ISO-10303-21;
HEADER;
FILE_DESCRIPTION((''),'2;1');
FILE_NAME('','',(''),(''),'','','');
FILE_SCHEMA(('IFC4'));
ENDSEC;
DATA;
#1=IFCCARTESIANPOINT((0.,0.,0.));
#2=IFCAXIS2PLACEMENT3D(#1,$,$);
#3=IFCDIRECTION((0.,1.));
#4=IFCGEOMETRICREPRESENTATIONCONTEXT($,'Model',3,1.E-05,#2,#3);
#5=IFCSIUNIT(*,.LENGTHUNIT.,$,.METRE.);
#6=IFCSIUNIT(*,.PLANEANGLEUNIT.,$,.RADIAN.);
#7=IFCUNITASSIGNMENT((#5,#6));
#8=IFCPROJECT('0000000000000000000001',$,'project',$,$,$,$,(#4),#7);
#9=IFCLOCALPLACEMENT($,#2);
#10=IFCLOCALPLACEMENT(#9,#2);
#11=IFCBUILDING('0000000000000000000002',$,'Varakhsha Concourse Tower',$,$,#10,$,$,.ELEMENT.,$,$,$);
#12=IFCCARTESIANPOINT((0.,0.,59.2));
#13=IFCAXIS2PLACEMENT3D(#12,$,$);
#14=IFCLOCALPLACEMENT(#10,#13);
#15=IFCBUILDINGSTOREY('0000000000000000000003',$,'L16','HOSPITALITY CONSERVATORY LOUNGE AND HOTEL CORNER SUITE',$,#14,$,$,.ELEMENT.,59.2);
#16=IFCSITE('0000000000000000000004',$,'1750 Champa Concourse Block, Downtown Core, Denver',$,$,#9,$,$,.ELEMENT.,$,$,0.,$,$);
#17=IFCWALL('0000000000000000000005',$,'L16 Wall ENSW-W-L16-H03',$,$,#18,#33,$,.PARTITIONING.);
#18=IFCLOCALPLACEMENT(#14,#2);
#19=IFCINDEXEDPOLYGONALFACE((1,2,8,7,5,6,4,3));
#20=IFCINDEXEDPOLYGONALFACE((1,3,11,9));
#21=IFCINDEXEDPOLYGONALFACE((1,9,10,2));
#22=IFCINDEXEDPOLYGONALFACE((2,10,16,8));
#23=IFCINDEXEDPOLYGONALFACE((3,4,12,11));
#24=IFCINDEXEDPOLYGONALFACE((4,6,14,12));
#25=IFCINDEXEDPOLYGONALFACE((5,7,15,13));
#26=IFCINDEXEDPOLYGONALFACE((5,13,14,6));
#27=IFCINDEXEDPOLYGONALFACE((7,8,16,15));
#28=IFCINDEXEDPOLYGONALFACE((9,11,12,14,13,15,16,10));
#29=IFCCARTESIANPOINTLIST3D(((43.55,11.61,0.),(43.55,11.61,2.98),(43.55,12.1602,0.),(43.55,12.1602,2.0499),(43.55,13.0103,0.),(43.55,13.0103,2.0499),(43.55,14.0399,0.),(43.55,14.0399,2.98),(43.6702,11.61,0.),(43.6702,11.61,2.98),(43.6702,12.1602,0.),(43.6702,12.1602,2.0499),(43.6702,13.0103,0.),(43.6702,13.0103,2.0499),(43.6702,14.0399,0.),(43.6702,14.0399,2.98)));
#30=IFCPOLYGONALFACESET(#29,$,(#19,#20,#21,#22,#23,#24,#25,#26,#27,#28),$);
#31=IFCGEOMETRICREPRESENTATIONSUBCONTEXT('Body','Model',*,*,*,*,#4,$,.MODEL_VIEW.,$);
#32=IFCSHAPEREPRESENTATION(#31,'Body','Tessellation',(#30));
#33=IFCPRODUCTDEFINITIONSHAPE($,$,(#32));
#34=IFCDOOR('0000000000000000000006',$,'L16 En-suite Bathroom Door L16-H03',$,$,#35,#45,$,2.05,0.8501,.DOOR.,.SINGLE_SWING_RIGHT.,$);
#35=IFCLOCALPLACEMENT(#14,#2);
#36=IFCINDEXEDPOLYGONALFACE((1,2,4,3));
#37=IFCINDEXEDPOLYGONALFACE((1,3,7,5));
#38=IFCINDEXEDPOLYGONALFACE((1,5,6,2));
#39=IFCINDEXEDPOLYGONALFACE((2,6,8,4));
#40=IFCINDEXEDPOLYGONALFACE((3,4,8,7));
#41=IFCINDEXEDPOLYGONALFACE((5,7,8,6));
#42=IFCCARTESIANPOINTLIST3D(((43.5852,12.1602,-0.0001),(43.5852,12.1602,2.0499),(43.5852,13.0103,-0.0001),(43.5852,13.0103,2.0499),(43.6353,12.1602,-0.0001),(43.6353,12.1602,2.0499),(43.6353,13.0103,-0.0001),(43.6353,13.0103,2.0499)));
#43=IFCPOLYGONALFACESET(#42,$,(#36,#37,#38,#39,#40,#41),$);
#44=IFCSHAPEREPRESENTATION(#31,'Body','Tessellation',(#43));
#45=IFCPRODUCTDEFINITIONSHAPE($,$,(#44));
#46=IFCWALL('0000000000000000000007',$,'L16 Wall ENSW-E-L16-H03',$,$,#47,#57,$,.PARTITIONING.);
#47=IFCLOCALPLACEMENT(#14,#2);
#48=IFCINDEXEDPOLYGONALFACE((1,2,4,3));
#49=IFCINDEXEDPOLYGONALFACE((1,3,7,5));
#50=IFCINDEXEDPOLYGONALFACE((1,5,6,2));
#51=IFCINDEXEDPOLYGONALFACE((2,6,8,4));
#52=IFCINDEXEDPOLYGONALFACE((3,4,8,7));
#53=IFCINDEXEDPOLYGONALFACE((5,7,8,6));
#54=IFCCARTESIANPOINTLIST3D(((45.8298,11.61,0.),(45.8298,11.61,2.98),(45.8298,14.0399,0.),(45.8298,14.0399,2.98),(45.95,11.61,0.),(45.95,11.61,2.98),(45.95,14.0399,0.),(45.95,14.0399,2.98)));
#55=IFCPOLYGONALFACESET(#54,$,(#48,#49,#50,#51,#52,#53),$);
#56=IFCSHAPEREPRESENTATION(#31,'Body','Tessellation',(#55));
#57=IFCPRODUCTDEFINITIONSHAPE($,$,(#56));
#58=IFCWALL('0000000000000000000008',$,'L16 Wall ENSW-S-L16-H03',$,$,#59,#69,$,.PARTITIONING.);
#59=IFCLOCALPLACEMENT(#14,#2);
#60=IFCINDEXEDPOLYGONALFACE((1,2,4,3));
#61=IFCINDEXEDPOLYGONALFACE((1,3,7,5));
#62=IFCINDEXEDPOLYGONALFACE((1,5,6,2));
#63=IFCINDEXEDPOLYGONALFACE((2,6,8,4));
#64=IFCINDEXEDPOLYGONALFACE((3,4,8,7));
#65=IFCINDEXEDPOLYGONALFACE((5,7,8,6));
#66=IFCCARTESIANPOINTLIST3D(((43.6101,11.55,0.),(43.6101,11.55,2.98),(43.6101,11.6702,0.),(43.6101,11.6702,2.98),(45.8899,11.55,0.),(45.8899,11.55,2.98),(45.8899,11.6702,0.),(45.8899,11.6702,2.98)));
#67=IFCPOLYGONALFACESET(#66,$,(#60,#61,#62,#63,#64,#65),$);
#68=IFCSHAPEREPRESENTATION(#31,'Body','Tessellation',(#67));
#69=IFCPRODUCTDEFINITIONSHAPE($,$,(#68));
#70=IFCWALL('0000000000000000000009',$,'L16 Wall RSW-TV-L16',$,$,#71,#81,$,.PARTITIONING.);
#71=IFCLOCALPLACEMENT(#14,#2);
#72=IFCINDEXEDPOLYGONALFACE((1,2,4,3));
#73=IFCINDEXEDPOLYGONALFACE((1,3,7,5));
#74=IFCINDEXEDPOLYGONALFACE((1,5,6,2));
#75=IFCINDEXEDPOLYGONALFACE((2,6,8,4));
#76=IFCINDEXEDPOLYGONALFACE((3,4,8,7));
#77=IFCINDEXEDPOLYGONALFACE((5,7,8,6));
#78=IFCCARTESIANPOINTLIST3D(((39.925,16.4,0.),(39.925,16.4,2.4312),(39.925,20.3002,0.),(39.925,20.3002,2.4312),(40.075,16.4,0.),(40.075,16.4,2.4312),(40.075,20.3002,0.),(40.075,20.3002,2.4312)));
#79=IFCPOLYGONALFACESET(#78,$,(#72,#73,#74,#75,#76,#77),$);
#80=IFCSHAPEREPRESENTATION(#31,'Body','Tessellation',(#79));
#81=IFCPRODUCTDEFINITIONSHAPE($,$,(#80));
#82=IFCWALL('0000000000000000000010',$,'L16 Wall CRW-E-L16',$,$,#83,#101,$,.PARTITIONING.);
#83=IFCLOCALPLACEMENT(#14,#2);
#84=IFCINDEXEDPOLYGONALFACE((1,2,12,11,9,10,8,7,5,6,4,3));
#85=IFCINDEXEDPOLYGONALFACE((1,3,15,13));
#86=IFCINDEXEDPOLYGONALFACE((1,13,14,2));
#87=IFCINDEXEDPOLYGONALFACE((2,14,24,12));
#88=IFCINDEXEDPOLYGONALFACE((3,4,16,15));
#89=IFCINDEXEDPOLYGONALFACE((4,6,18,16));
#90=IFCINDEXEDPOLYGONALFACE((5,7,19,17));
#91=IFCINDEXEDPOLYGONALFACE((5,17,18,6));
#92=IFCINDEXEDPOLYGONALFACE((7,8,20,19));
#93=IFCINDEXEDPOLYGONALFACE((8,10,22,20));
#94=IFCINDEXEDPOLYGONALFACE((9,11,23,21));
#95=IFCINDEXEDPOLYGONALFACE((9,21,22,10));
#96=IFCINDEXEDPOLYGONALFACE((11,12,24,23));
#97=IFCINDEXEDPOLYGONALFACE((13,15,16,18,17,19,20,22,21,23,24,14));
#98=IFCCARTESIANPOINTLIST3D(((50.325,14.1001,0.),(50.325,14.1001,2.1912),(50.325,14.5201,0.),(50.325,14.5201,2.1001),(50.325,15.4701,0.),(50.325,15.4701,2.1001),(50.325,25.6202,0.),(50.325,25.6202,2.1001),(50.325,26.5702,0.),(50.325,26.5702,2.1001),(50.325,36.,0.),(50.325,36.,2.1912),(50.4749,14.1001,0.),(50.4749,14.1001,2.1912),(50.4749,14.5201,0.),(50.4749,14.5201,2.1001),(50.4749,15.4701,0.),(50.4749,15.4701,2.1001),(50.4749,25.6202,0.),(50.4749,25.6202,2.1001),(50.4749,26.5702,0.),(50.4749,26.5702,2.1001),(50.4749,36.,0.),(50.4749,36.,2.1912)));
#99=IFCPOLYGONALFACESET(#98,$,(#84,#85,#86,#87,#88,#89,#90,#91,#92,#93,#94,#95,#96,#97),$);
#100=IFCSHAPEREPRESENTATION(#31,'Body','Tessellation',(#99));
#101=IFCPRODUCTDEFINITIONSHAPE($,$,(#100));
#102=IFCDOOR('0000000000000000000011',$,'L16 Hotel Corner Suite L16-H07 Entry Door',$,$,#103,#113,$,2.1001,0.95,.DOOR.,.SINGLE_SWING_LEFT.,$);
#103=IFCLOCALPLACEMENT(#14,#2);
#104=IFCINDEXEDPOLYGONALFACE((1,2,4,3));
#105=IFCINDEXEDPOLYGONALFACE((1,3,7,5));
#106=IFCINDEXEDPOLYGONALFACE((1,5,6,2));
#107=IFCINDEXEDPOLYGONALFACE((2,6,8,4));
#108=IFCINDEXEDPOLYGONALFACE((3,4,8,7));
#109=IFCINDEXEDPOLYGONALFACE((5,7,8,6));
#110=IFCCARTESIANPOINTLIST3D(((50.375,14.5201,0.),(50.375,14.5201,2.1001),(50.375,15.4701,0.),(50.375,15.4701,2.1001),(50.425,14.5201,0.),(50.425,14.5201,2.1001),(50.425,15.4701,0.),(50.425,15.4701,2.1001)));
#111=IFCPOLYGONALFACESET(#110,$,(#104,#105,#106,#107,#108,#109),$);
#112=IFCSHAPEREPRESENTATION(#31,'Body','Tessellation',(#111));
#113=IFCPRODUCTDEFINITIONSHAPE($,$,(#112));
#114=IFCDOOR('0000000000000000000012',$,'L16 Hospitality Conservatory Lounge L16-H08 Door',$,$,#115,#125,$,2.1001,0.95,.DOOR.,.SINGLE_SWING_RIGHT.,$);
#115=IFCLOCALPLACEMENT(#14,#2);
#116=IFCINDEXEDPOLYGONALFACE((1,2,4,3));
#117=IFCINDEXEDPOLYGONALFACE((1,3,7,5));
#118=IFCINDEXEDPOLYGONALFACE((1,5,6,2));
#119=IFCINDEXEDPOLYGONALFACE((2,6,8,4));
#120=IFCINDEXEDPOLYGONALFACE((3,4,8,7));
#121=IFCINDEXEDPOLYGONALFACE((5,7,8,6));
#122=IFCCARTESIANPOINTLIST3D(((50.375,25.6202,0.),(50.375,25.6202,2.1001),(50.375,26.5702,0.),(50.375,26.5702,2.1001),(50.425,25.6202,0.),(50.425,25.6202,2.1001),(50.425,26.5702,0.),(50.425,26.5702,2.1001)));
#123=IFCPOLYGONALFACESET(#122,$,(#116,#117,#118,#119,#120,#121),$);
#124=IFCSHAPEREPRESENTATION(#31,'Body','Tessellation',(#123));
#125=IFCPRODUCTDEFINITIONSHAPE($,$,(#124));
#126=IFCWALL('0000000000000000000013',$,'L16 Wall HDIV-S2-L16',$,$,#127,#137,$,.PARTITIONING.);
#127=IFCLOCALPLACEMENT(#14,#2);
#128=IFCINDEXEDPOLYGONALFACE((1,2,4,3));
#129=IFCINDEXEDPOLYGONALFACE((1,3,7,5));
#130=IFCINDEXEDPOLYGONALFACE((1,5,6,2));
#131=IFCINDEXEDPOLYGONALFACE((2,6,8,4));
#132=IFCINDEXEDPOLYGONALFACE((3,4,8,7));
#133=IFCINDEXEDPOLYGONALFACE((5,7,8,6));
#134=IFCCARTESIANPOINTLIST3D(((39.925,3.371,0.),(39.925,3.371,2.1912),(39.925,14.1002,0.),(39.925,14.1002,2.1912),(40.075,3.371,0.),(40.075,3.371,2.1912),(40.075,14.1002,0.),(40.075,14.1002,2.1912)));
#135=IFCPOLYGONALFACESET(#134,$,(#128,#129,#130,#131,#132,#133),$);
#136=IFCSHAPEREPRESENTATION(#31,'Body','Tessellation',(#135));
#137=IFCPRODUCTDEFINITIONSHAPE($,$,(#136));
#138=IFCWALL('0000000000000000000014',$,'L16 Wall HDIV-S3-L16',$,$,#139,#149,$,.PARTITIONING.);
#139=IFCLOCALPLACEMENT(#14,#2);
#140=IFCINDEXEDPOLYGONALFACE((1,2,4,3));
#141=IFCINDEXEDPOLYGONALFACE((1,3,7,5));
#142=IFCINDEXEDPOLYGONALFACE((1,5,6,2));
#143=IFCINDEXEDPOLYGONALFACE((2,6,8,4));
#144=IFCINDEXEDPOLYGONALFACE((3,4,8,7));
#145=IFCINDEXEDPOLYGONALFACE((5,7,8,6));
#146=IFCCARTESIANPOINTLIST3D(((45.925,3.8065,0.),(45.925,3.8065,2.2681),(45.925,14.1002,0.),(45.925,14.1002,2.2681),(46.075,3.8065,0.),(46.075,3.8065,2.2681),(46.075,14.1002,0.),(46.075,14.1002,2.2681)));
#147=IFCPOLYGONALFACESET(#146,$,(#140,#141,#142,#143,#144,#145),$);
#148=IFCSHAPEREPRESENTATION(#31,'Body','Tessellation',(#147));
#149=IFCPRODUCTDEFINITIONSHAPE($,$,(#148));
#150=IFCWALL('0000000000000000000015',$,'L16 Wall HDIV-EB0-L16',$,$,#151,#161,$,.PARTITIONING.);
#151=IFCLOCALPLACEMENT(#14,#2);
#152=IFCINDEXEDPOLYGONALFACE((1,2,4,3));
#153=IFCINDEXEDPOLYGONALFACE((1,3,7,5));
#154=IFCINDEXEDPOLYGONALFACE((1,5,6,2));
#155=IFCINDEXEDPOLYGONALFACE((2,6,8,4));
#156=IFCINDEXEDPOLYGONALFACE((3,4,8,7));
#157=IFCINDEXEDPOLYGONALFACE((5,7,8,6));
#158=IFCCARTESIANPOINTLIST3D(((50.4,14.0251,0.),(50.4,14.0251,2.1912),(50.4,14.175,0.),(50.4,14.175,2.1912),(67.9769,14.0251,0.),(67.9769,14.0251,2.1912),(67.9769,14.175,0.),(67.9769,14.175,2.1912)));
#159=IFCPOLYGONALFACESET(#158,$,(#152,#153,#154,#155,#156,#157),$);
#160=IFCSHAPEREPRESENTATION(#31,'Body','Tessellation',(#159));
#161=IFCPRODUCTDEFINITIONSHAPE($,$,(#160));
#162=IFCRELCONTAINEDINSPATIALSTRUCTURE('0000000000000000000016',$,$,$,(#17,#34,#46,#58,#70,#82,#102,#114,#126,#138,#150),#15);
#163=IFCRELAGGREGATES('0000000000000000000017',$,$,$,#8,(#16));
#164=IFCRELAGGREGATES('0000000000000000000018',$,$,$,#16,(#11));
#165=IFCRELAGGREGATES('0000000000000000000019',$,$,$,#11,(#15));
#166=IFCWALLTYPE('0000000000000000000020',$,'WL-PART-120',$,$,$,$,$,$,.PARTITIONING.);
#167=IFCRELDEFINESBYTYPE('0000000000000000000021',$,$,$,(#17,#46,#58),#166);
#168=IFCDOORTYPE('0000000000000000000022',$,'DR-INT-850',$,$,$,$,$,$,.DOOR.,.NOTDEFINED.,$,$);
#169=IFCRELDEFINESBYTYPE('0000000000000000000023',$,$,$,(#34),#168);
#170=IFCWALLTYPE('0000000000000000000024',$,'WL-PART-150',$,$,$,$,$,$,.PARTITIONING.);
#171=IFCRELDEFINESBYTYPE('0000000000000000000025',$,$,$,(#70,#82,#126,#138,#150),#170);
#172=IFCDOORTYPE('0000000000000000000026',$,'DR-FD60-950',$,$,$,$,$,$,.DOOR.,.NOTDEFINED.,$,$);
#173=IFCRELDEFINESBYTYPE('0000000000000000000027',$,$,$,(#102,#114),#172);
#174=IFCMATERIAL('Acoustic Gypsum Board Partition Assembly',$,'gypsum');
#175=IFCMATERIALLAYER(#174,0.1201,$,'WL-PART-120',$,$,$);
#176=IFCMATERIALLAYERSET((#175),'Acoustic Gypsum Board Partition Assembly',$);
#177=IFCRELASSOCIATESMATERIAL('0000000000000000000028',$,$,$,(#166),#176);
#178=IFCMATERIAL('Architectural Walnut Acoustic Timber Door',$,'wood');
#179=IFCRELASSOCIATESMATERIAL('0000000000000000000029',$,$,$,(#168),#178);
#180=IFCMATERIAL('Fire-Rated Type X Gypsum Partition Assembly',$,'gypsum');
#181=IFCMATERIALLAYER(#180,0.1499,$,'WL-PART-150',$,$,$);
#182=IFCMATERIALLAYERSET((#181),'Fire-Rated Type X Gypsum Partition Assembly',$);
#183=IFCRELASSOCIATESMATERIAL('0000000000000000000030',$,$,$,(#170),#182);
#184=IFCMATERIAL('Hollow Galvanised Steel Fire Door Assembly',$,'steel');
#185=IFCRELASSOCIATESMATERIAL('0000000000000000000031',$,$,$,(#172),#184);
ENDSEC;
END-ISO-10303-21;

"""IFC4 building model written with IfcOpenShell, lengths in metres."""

from ifc_helpers import new_model, si_unit, direction, frame, frame_2d, origin, place, context, subcontext, project, spatial, rectangle, extrude, material, layer, layer_set, type_object, element, fill, save


model = new_model("IFC4")

# Units and contexts
model_context = context("Model", 3, precision=1e-05, world=origin(), true_north=direction((0.0, 1.0)))
body_context = subcontext(model_context, "Body", "Model", "MODEL_VIEW")
ifc_project = project(units=[si_unit("LENGTHUNIT", "METRE"), si_unit("PLANEANGLEUNIT", "RADIAN")], contexts=[model_context])

# Site, building, storey
site_placement = place(None, origin())
site = spatial("IfcSite", under=ifc_project, at=site_placement, Name="1750 Champa Concourse Block, Downtown Core, Denver", CompositionType="ELEMENT", RefElevation=0.0)
building_placement = place(site_placement, origin())
building = spatial("IfcBuilding", under=site, at=building_placement, Name="Varakhsha Concourse Tower", CompositionType="ELEMENT")
storey_placement = place(building_placement, frame((0.0, 0.0, 59.2)))
storey = spatial("IfcBuildingStorey", under=building, at=storey_placement, Name="L16", Description="HOSPITALITY CONSERVATORY LOUNGE AND HOTEL CORNER SUITE", CompositionType="ELEMENT", Elevation=59.2)

# Wall, opening, door
ifc_material_1 = material(Name="Fire-Rated Type X Gypsum Partition Assembly", Category="gypsum")
ifc_material_2 = material(Name="Hollow Galvanised Steel Fire Door Assembly", Category="steel")
ifc_material_3 = material(Name="Acoustic Gypsum Board Partition Assembly", Category="gypsum")
ifc_layer_1 = layer(ifc_material_3, 0.1201, Name="WL-PART-120")
ifc_layer_set_1 = layer_set([ifc_layer_1], Name="Acoustic Gypsum Board Partition Assembly")
wall_type_1 = type_object("IfcWallType", Name="WL-PART-120", PredefinedType="PARTITIONING", material=ifc_layer_set_1)
wall_1_placement = place(storey_placement, frame((43.6101, 11.6101, 0.0), z_axis=(0.0, 0.0, 1.0), x_axis=(0.0, 1.0, 0.0)))
wall_1 = element("IfcWall", 1, at=wall_1_placement, inside=storey, type_object=wall_type_1, Name="L16 Wall ENSW-W-L16-H03", PredefinedType="PARTITIONING", context=body_context, shape_type="SweptSolid", body=[
    extrude(rectangle(XDim=2.4299, YDim=0.1201, at=frame_2d((1.2148, 0.0))), origin(), (0.0, 0.0, 1.0), 2.98),
])
opening_1_placement = place(wall_1_placement, frame((0.55, 0.0, 0.0)))
opening_1 = element("IfcOpeningElement", 2, at=opening_1_placement, cuts=wall_1, PredefinedType="OPENING", context=body_context, shape_type="SweptSolid", body=[
    extrude(rectangle(XDim=0.8501, YDim=2.05, at=frame_2d((0.425, 1.0249))), frame((0.0, 0.0701, 0.0), z_axis=(0.0, -1.0, 0.0), x_axis=(1.0, 0.0, 0.0)), (0.0, 0.0, 1.0), 0.1401),
])
ifc_material_4 = material(Name="Architectural Walnut Acoustic Timber Door", Category="wood")
door_type_1 = type_object("IfcDoorType", Name="DR-INT-850", OperationType="NOTDEFINED", PredefinedType="DOOR", material=ifc_material_4)
door_1_placement = place(opening_1_placement, origin())
door_1 = element("IfcDoor", 3, at=door_1_placement, inside=storey, type_object=door_type_1, Name="L16 En-suite Bathroom Door L16-H03", OperationType="SINGLE_SWING_RIGHT", OverallHeight=2.05, OverallWidth=0.8501, PredefinedType="DOOR", context=body_context, shape_type="SweptSolid", body=[
    extrude(rectangle(XDim=0.8501, YDim=2.05, at=frame_2d((0.425, 1.0249))), frame((0.0, 0.0249, 0.0), z_axis=(0.0, -1.0, 0.0), x_axis=(1.0, 0.0, 0.0)), (0.0, 0.0, 1.0), 0.05),
])
fill(opening_1, door_1)

# Walls
wall_2_placement = place(storey_placement, frame((45.8899, 11.6101, 0.0), z_axis=(0.0, 0.0, 1.0), x_axis=(0.0, 1.0, 0.0)))
element("IfcWall", 4, at=wall_2_placement, inside=storey, type_object=wall_type_1, Name="L16 Wall ENSW-E-L16-H03", PredefinedType="PARTITIONING", context=body_context, shape_type="SweptSolid", body=[
    extrude(rectangle(XDim=2.4299, YDim=0.1201, at=frame_2d((1.2148, 0.0))), origin(), (0.0, 0.0, 1.0), 2.98),
])
wall_3_placement = place(storey_placement, frame((43.6101, 11.6101, 0.0), z_axis=(0.0, 0.0, 1.0), x_axis=(1.0, 0.0, 0.0)))
element("IfcWall", 5, at=wall_3_placement, inside=storey, type_object=wall_type_1, Name="L16 Wall ENSW-S-L16-H03", PredefinedType="PARTITIONING", context=body_context, shape_type="SweptSolid", body=[
    extrude(rectangle(XDim=2.2798, YDim=0.1201, at=frame_2d((1.1399, 0.0))), origin(), (0.0, 0.0, 1.0), 2.98),
])
ifc_layer_2 = layer(ifc_material_1, 0.1499, Name="WL-PART-150")
ifc_layer_set_2 = layer_set([ifc_layer_2], Name="Fire-Rated Type X Gypsum Partition Assembly")
wall_type_2 = type_object("IfcWallType", Name="WL-PART-150", PredefinedType="PARTITIONING", material=ifc_layer_set_2)
wall_4_placement = place(storey_placement, frame((40.0, 16.3999, 0.0), z_axis=(0.0, 0.0, 1.0), x_axis=(0.0, 1.0, 0.0)))
element("IfcWall", 6, at=wall_4_placement, inside=storey, type_object=wall_type_2, Name="L16 Wall RSW-TV-L16", PredefinedType="PARTITIONING", context=body_context, shape_type="SweptSolid", body=[
    extrude(rectangle(XDim=3.9001, YDim=0.1499, at=frame_2d((1.9502, 0.0))), origin(), (0.0, 0.0, 1.0), 2.4312),
])

# Wall, openings, doors
wall_5_placement = place(storey_placement, frame((50.3999, 14.1001, 0.0), z_axis=(0.0, 0.0, 1.0), x_axis=(0.0, 1.0, 0.0)))
wall_5 = element("IfcWall", 7, at=wall_5_placement, inside=storey, type_object=wall_type_2, Name="L16 Wall CRW-E-L16", PredefinedType="PARTITIONING", context=body_context, shape_type="SweptSolid", body=[
    extrude(rectangle(XDim=21.8999, YDim=0.1499, at=frame_2d((10.95, 0.0))), origin(), (0.0, 0.0, 1.0), 2.1912),
])
opening_2_placement = place(wall_5_placement, frame((0.4199, 0.0, 0.0)))
opening_2 = element("IfcOpeningElement", 8, at=opening_2_placement, cuts=wall_5, PredefinedType="OPENING", context=body_context, shape_type="SweptSolid", body=[
    extrude(rectangle(XDim=0.95, YDim=2.1001, at=frame_2d((0.4751, 1.05))), frame((0.0, 0.085, 0.0), z_axis=(0.0, -1.0, 0.0), x_axis=(1.0, 0.0, 0.0)), (0.0, 0.0, 1.0), 0.1699),
])
opening_3_placement = place(wall_5_placement, frame((11.52, 0.0, 0.0)))
opening_3 = element("IfcOpeningElement", 9, at=opening_3_placement, cuts=wall_5, PredefinedType="OPENING", context=body_context, shape_type="SweptSolid", body=[
    extrude(rectangle(XDim=0.95, YDim=2.1001, at=frame_2d((0.4751, 1.05))), frame((0.0, 0.085, 0.0), z_axis=(0.0, -1.0, 0.0), x_axis=(1.0, 0.0, 0.0)), (0.0, 0.0, 1.0), 0.1699),
])
door_type_2 = type_object("IfcDoorType", Name="DR-FD60-950", OperationType="NOTDEFINED", PredefinedType="DOOR", material=ifc_material_2)
door_2_placement = place(opening_2_placement, origin())
door_2 = element("IfcDoor", 10, at=door_2_placement, inside=storey, type_object=door_type_2, Name="L16 Hotel Corner Suite L16-H07 Entry Door", OperationType="SINGLE_SWING_LEFT", OverallHeight=2.1001, OverallWidth=0.95, PredefinedType="DOOR", context=body_context, shape_type="SweptSolid", body=[
    extrude(rectangle(XDim=0.95, YDim=2.1001, at=frame_2d((0.4751, 1.05))), frame((0.0, 0.0249, 0.0), z_axis=(0.0, -1.0, 0.0), x_axis=(1.0, 0.0, 0.0)), (0.0, 0.0, 1.0), 0.05),
])
fill(opening_2, door_2)
door_3_placement = place(opening_3_placement, origin())
door_3 = element("IfcDoor", 11, at=door_3_placement, inside=storey, type_object=door_type_2, Name="L16 Hospitality Conservatory Lounge L16-H08 Door", OperationType="SINGLE_SWING_RIGHT", OverallHeight=2.1001, OverallWidth=0.95, PredefinedType="DOOR", context=body_context, shape_type="SweptSolid", body=[
    extrude(rectangle(XDim=0.95, YDim=2.1001, at=frame_2d((0.4751, 1.05))), frame((0.0, 0.0249, 0.0), z_axis=(0.0, -1.0, 0.0), x_axis=(1.0, 0.0, 0.0)), (0.0, 0.0, 1.0), 0.05),
])
fill(opening_3, door_3)

# Walls
wall_6_placement = place(storey_placement, frame((40.0, 3.3708, 0.0), z_axis=(0.0, 0.0, 1.0), x_axis=(0.0, 1.0, 0.0)))
element("IfcWall", 12, at=wall_6_placement, inside=storey, type_object=wall_type_2, Name="L16 Wall HDIV-S2-L16", PredefinedType="PARTITIONING", context=body_context, shape_type="SweptSolid", body=[
    extrude(rectangle(XDim=10.7292, YDim=0.1499, at=frame_2d((5.3647, 0.0))), origin(), (0.0, 0.0, 1.0), 2.1912),
])
wall_7_placement = place(storey_placement, frame((46.0, 3.8064, 0.0), z_axis=(0.0, 0.0, 1.0), x_axis=(0.0, 1.0, 0.0)))
element("IfcWall", 13, at=wall_7_placement, inside=storey, type_object=wall_type_2, Name="L16 Wall HDIV-S3-L16", PredefinedType="PARTITIONING", context=body_context, shape_type="SweptSolid", body=[
    extrude(rectangle(XDim=10.2937, YDim=0.1499, at=frame_2d((5.147, 0.0))), origin(), (0.0, 0.0, 1.0), 2.2681),
])
wall_8_placement = place(storey_placement, frame((50.3999, 14.1001, 0.0), z_axis=(0.0, 0.0, 1.0), x_axis=(1.0, 0.0, 0.0)))
element("IfcWall", 14, at=wall_8_placement, inside=storey, type_object=wall_type_2, Name="L16 Wall HDIV-EB0-L16", PredefinedType="PARTITIONING", context=body_context, shape_type="SweptSolid", body=[
    extrude(rectangle(XDim=17.5769, YDim=0.1499, at=frame_2d((8.7886, 0.0))), origin(), (0.0, 0.0, 1.0), 2.1912),
])

save(model, "model.ifc")
